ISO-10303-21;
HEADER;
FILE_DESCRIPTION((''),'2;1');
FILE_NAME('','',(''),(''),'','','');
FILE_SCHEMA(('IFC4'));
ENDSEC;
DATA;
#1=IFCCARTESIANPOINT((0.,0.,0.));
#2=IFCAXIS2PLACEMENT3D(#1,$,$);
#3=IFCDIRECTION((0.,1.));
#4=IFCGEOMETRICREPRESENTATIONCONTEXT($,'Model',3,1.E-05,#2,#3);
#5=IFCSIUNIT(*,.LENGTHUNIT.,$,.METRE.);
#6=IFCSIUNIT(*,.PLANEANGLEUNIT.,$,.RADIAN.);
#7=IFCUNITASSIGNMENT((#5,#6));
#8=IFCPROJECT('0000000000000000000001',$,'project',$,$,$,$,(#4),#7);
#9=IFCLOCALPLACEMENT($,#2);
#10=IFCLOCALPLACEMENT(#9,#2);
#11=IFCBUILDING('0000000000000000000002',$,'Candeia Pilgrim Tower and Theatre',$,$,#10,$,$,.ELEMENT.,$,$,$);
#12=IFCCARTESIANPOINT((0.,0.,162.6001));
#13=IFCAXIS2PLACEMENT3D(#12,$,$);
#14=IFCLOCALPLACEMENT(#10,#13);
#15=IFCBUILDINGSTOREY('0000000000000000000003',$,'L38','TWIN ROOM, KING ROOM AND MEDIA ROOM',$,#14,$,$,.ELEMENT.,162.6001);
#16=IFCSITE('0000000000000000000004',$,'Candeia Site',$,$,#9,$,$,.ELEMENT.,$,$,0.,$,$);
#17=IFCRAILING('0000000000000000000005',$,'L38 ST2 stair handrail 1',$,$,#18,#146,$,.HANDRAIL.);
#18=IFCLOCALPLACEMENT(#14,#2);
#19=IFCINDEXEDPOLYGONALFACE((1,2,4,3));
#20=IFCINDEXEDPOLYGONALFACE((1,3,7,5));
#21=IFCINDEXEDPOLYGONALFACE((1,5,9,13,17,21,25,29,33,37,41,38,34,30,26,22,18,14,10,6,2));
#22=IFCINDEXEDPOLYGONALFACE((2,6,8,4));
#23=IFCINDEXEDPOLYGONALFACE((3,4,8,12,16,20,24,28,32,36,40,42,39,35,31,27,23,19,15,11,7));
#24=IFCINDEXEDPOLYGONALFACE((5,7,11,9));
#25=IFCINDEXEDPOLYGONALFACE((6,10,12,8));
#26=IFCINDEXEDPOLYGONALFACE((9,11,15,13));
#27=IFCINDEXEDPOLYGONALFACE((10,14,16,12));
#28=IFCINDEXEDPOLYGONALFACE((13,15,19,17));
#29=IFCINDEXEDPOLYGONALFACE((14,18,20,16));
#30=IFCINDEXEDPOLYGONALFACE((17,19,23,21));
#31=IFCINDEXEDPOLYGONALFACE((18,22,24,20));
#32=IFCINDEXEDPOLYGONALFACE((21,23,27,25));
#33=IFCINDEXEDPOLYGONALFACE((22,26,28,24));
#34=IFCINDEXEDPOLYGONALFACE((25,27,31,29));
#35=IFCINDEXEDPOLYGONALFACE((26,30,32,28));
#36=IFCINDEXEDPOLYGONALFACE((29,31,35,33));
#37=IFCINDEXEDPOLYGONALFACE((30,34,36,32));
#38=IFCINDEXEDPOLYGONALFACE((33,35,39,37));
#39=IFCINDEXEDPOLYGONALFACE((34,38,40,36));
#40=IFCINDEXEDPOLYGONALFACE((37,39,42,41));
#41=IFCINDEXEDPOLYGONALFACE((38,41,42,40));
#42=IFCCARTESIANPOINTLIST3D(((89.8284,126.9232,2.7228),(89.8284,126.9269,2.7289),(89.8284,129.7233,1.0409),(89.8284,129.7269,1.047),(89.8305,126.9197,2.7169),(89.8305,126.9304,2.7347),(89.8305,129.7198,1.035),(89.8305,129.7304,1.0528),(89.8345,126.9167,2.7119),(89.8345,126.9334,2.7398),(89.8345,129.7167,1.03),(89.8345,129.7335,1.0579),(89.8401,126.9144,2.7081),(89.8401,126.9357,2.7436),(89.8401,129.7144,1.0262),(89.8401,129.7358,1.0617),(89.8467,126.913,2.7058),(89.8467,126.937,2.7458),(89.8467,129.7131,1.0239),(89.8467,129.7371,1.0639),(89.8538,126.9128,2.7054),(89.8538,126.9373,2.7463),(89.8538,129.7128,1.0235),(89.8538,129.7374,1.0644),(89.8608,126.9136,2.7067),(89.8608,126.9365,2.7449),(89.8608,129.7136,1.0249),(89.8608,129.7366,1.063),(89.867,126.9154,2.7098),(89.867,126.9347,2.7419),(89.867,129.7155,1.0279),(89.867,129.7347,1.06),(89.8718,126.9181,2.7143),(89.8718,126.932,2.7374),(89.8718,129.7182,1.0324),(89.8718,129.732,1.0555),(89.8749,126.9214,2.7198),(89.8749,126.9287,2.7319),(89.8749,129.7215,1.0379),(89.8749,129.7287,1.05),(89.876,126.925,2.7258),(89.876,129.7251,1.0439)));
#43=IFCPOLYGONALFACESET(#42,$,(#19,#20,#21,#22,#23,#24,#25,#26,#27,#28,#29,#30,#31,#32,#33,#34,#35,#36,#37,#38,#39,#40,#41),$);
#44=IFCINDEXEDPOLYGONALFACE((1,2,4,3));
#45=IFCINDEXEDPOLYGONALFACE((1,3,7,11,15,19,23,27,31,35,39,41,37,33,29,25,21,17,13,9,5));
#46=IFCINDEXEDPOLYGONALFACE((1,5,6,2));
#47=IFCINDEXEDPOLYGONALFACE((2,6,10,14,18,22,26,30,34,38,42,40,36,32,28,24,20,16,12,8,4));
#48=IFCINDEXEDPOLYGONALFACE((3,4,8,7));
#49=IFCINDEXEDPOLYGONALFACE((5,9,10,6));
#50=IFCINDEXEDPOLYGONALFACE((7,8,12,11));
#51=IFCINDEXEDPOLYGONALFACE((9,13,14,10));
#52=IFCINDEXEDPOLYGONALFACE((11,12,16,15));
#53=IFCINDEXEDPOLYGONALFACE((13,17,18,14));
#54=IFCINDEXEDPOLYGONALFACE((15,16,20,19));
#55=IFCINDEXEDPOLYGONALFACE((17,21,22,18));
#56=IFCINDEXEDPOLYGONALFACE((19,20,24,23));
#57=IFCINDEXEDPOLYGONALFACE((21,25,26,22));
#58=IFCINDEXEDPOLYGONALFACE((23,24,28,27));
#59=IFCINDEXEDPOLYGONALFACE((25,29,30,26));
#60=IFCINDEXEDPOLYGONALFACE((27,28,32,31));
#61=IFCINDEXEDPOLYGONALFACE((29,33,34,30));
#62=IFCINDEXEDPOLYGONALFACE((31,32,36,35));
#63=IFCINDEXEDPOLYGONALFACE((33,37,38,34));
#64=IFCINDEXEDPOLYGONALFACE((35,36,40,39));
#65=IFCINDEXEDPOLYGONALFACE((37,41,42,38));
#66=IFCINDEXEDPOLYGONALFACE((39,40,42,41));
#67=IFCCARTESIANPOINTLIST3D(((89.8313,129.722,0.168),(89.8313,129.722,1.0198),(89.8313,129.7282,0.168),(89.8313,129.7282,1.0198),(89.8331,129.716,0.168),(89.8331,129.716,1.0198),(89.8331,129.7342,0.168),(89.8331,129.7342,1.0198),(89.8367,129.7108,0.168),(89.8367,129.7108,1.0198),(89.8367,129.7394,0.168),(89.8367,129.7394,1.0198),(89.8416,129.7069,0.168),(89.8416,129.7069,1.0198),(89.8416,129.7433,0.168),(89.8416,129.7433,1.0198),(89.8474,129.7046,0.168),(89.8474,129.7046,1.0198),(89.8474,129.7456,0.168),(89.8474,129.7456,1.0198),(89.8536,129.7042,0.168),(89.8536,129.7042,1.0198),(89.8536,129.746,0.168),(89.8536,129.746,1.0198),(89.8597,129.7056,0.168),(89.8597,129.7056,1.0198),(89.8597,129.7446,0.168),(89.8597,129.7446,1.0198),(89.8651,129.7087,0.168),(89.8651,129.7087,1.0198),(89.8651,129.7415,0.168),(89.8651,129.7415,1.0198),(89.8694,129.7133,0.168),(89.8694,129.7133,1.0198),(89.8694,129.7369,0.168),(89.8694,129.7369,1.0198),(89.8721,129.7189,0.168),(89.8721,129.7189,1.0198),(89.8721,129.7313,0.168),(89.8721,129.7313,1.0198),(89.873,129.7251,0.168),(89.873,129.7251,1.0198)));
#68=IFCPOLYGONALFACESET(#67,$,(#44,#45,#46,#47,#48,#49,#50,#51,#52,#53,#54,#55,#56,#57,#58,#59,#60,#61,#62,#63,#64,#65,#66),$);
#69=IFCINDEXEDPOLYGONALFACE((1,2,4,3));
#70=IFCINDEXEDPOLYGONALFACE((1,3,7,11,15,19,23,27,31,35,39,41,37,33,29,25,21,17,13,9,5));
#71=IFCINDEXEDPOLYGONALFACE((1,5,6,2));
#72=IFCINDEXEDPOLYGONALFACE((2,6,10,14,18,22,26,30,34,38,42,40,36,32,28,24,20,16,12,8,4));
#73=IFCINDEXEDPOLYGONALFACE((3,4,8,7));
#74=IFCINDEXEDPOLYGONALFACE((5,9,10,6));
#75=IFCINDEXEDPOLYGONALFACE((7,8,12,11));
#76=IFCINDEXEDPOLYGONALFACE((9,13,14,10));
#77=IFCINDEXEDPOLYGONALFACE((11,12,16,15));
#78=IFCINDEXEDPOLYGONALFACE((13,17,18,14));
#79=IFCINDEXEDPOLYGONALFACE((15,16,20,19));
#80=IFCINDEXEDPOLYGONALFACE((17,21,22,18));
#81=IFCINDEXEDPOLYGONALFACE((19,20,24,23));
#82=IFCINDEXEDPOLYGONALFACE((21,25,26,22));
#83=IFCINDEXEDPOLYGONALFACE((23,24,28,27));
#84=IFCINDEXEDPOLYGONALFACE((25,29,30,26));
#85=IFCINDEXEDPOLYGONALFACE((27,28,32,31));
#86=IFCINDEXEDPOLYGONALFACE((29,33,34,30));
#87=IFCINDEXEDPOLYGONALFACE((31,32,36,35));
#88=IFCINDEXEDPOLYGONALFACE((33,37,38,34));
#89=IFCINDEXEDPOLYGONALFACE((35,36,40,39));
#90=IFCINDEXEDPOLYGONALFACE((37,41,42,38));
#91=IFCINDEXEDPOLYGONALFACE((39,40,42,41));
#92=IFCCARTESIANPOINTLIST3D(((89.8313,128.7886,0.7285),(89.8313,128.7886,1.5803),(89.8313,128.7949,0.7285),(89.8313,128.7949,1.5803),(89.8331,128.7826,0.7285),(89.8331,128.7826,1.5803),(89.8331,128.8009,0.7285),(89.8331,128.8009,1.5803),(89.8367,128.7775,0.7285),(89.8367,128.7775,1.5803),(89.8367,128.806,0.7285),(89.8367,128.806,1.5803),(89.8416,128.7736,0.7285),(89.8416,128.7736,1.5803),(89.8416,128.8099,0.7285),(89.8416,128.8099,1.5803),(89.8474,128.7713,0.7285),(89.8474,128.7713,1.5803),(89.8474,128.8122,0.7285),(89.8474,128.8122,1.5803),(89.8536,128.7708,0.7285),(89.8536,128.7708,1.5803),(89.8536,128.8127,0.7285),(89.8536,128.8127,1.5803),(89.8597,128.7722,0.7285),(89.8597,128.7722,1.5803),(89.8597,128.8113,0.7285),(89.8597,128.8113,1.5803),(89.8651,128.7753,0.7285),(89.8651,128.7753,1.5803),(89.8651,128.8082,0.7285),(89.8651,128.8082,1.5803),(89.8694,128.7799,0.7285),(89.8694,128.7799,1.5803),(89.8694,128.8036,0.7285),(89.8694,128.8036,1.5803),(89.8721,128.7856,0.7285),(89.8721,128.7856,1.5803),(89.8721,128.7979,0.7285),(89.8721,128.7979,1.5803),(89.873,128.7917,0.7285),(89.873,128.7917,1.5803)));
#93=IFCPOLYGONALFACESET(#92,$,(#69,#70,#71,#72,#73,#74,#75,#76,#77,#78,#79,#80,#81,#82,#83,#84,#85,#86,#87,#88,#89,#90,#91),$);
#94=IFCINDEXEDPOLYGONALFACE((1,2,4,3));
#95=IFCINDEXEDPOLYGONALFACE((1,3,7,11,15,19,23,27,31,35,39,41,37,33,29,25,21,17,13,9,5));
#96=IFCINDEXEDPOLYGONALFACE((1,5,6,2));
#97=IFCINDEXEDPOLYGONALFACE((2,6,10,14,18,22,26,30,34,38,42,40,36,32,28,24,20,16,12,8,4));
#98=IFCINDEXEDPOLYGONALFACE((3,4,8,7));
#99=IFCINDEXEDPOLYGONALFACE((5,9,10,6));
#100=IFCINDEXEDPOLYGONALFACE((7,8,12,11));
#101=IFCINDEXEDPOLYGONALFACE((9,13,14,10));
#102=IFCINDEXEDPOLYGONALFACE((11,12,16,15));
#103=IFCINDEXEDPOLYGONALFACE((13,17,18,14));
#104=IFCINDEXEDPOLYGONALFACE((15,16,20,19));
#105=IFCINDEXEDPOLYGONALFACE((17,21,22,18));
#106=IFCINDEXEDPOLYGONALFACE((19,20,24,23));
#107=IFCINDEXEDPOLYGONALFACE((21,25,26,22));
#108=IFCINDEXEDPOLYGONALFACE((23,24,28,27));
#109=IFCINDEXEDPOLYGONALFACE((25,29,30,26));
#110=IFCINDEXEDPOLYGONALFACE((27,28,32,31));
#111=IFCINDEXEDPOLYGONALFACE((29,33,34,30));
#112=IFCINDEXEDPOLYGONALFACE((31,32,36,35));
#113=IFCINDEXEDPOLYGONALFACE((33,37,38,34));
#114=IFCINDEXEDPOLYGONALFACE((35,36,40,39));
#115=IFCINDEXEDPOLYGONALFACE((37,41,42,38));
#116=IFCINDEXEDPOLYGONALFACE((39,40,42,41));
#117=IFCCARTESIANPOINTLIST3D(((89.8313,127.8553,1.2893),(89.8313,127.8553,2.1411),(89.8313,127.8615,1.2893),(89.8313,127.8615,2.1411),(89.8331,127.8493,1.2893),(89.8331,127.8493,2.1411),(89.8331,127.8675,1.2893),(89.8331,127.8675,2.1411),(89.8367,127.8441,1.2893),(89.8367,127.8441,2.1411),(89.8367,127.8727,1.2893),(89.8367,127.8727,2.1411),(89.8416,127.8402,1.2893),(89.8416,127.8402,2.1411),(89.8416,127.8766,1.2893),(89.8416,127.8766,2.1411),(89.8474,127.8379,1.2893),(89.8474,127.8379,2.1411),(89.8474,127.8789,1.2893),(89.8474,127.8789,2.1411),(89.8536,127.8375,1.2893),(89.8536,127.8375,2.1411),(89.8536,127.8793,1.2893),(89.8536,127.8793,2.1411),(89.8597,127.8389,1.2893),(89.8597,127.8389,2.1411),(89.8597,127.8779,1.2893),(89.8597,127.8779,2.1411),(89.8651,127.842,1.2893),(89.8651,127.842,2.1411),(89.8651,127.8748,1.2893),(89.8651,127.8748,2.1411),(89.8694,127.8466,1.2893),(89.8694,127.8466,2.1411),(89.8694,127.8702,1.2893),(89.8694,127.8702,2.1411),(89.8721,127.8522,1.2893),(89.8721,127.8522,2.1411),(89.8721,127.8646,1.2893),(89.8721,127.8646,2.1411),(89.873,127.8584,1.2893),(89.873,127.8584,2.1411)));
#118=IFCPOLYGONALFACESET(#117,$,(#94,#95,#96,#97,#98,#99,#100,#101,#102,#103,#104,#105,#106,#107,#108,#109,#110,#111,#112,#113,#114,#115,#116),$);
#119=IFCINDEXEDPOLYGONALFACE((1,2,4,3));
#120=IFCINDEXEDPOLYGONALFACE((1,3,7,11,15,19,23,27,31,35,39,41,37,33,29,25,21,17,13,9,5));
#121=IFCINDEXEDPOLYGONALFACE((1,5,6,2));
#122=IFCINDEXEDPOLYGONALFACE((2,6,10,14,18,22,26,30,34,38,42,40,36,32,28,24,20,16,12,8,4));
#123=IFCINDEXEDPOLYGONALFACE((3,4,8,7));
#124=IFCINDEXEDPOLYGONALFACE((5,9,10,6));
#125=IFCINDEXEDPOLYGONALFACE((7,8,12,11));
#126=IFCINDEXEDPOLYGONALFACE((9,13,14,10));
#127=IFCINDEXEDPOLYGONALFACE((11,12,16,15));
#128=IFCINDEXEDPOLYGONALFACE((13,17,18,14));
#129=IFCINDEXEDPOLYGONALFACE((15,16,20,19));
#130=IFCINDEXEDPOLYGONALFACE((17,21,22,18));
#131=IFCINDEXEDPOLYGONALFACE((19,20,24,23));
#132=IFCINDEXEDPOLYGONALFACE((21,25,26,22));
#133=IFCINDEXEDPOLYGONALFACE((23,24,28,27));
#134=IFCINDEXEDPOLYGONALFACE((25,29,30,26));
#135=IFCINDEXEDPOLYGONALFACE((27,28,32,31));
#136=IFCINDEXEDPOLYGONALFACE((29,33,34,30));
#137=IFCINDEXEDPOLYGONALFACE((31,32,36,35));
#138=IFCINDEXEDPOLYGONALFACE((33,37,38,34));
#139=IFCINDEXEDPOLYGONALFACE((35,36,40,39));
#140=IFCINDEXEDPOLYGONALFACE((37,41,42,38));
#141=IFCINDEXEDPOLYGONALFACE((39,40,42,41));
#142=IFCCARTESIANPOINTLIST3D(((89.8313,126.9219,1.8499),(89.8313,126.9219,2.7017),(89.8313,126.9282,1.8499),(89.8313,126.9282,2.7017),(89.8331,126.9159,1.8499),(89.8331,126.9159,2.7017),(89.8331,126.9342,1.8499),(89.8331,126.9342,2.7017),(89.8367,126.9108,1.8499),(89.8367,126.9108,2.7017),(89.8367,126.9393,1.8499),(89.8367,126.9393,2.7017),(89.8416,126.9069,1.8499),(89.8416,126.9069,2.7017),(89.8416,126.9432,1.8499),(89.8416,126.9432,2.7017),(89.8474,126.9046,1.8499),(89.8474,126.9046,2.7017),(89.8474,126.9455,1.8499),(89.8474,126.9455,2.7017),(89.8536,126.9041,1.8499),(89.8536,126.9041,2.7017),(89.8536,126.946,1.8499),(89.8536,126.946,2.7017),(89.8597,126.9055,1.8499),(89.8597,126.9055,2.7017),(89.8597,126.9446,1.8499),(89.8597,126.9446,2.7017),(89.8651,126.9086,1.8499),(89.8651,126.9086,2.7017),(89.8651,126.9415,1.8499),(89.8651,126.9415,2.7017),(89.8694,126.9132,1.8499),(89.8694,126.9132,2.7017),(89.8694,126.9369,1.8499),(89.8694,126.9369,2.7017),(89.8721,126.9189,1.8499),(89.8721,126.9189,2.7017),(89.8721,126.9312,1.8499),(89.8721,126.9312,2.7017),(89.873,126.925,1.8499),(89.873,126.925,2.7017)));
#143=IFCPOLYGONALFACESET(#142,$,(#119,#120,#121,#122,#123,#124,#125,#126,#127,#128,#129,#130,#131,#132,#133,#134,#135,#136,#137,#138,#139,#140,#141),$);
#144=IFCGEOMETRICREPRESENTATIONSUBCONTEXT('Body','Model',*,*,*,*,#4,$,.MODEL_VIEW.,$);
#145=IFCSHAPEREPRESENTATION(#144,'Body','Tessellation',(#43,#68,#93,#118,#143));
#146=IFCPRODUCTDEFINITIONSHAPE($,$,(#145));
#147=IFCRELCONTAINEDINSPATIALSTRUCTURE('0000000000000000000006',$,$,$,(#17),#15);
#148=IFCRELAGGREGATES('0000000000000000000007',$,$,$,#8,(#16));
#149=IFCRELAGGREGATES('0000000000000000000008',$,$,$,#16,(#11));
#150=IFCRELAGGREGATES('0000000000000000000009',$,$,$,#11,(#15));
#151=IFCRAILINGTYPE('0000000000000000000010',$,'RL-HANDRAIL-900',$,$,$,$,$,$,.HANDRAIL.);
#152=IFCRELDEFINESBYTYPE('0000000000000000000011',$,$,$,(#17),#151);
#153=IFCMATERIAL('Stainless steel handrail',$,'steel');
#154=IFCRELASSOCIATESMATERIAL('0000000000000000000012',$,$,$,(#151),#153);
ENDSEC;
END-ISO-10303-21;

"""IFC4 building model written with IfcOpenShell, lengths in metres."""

from ifc_helpers import new_model, si_unit, direction, frame, origin, origin_2d, place, context, subcontext, project, spatial, circle, extrude, material, type_object, element, save


model = new_model("IFC4")

# Units and contexts
model_context = context("Model", 3, precision=1e-05, world=origin(), true_north=direction((0.0, 1.0)))
body_context = subcontext(model_context, "Body", "Model", "MODEL_VIEW")
ifc_project = project(units=[si_unit("LENGTHUNIT", "METRE"), si_unit("PLANEANGLEUNIT", "RADIAN")], contexts=[model_context])

# Site, building, storey
site_placement = place(None, origin())
site = spatial("IfcSite", under=ifc_project, at=site_placement, Name="Candeia Site", CompositionType="ELEMENT", RefElevation=0.0)
building_placement = place(site_placement, origin())
building = spatial("IfcBuilding", under=site, at=building_placement, Name="Candeia Pilgrim Tower and Theatre", CompositionType="ELEMENT")
storey_placement = place(building_placement, frame((0.0, 0.0, 162.6001)))
storey = spatial("IfcBuildingStorey", under=building, at=storey_placement, Name="L38", Description="TWIN ROOM, KING ROOM AND MEDIA ROOM", CompositionType="ELEMENT", Elevation=162.6001)

# Railing
ifc_material_1 = material(Name="Stainless steel handrail", Category="steel")
railing_type_1 = type_object("IfcRailingType", Name="RL-HANDRAIL-900", PredefinedType="HANDRAIL", material=ifc_material_1)
for number, where, name in (
    (1, (89.8521, 129.7251, 0.168), "L38 ST2 stair handrail 1"),
):
    element("IfcRailing", number, at=place(storey_placement, frame(where)), inside=storey, type_object=railing_type_1, Name=name, PredefinedType="HANDRAIL", context=body_context, shape_type="SweptSolid", body=[
        extrude(circle(Radius=0.0239, at=origin_2d()), frame((0.0, 0.0, 0.876), z_axis=(0.0, -0.857242, 0.514913), x_axis=(1.0, 0.0, 0.0)), (0.0, 0.0, 1.0), 3.2664),
        extrude(circle(Radius=0.021, at=origin_2d()), origin(), (0.0, 0.0, 1.0), 0.8518),
        extrude(circle(Radius=0.021, at=origin_2d()), frame((0.0, -0.9333, 0.5605)), (0.0, 0.0, 1.0), 0.8518),
        extrude(circle(Radius=0.021, at=origin_2d()), frame((0.0, -1.8667, 1.1213)), (0.0, 0.0, 1.0), 0.8518),
        extrude(circle(Radius=0.021, at=origin_2d()), frame((0.0, -2.8, 1.6819)), (0.0, 0.0, 1.0), 0.8518),
    ])

save(model, "model.ifc")
